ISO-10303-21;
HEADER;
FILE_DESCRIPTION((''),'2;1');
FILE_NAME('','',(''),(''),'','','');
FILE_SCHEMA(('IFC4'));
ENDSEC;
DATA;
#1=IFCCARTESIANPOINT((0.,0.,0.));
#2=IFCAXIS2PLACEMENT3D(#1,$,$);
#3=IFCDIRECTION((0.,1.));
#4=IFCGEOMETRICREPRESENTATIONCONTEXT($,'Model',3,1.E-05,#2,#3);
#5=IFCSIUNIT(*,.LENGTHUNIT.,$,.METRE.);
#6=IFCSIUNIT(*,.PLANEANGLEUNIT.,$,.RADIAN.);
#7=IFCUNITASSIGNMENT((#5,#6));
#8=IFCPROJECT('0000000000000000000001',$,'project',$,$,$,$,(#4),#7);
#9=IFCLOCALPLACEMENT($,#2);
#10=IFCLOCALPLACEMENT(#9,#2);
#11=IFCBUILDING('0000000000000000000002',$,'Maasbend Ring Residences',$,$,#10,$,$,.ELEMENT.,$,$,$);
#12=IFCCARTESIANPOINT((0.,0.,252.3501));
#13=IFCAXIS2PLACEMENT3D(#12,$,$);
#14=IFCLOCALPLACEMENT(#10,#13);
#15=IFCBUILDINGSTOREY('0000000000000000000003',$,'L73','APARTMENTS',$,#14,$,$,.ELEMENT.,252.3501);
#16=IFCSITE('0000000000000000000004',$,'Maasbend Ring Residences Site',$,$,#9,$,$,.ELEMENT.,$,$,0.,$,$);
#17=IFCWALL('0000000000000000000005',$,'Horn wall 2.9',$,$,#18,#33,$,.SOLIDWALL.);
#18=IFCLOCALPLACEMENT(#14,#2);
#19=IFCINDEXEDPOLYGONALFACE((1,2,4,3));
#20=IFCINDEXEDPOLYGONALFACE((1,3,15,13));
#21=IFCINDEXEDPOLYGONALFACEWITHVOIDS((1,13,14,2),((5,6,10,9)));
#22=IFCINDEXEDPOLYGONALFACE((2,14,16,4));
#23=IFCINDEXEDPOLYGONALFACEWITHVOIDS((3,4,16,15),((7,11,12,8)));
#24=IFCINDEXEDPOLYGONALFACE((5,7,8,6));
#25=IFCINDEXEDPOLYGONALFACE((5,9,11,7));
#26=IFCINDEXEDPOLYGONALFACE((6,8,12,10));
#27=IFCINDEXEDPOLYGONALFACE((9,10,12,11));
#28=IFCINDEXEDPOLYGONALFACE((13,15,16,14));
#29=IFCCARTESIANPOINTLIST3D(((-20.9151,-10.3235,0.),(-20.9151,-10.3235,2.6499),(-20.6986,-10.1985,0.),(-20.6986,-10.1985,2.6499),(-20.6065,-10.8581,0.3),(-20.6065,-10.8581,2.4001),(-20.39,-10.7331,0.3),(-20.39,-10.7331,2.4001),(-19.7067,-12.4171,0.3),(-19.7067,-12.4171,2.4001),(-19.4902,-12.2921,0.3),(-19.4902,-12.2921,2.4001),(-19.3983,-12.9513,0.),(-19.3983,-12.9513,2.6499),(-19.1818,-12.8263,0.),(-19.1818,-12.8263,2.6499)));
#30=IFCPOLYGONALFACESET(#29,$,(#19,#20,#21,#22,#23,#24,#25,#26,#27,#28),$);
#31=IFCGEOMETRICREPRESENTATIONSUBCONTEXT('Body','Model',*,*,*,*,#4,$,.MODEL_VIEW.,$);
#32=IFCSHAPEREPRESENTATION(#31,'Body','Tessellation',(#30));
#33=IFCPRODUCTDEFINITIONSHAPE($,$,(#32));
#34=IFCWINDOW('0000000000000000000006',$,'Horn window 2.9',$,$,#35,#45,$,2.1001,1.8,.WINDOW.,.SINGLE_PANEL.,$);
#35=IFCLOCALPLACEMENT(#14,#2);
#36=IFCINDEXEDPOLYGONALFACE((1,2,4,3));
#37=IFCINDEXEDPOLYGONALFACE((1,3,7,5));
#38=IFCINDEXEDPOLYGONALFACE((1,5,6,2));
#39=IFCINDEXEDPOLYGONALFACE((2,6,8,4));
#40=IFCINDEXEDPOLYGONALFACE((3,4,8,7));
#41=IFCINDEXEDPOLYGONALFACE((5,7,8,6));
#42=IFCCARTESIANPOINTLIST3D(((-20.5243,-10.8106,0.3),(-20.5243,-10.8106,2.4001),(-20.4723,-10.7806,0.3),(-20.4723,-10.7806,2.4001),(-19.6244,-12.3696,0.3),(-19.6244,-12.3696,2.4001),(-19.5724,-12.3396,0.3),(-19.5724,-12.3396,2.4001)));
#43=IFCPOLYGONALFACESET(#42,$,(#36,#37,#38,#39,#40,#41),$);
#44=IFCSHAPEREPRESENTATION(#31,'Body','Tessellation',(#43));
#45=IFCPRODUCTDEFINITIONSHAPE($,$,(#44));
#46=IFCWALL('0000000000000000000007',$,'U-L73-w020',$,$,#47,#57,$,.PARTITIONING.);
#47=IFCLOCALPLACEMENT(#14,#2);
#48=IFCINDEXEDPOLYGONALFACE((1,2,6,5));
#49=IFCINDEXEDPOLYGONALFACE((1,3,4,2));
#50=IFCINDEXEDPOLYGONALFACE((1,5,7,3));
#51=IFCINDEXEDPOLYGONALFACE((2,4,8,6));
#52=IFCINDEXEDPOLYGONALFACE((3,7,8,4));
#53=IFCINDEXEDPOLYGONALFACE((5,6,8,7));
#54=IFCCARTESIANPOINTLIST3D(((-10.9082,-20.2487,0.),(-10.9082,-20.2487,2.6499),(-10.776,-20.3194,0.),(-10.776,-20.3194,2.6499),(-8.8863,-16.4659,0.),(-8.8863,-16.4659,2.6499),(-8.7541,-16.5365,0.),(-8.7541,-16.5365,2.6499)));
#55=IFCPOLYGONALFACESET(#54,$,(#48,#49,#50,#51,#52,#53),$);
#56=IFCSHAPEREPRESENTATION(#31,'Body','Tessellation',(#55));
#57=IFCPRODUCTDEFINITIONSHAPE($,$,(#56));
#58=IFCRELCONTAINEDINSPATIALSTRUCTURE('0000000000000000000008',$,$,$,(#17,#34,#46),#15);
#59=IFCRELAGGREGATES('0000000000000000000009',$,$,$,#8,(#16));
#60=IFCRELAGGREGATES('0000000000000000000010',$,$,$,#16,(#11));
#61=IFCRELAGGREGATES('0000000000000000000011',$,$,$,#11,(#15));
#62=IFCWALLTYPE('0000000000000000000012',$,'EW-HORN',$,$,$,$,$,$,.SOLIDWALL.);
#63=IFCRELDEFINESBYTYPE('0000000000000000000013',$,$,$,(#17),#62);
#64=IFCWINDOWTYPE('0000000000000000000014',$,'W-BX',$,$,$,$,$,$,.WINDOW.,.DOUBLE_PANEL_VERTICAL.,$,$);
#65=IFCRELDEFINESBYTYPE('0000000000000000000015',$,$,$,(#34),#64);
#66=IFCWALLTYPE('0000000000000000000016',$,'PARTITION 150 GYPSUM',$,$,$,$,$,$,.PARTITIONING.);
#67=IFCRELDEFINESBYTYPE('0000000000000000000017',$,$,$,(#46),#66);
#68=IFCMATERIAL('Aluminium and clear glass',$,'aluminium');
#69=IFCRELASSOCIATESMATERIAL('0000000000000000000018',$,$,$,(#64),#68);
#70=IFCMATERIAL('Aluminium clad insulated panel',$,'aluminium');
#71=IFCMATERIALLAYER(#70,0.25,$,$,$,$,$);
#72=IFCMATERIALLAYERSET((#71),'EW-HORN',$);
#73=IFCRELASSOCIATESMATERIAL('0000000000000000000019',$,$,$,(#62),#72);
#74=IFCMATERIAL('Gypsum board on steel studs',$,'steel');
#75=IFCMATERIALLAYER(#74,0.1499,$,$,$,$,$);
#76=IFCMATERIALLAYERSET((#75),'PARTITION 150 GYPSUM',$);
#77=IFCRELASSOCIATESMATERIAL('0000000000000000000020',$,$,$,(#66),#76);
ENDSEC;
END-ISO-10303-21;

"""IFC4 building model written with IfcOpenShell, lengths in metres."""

from ifc_helpers import new_model, si_unit, direction, frame, frame_2d, origin, place, context, subcontext, project, spatial, rectangle, extrude, material, layer, layer_set, type_object, element, fill, save


model = new_model("IFC4")

# Units and contexts
model_context = context("Model", 3, precision=1e-05, world=origin(), true_north=direction((0.0, 1.0)))
body_context = subcontext(model_context, "Body", "Model", "MODEL_VIEW")
ifc_project = project(units=[si_unit("LENGTHUNIT", "METRE"), si_unit("PLANEANGLEUNIT", "RADIAN")], contexts=[model_context])

# Site, building, storey
site_placement = place(None, origin())
site = spatial("IfcSite", under=ifc_project, at=site_placement, Name="Maasbend Ring Residences Site", CompositionType="ELEMENT", RefElevation=0.0)
building_placement = place(site_placement, origin())
building = spatial("IfcBuilding", under=site, at=building_placement, Name="Maasbend Ring Residences", CompositionType="ELEMENT")
storey_placement = place(building_placement, frame((0.0, 0.0, 252.3501)))
storey = spatial("IfcBuildingStorey", under=building, at=storey_placement, Name="L73", Description="APARTMENTS", CompositionType="ELEMENT", Elevation=252.3501)

# Shared definitions
ifc_material_1 = material(Name="Aluminium and clear glass", Category="aluminium")
window_type_1 = type_object("IfcWindowType", Name="W-BX", PartitioningType="DOUBLE_PANEL_VERTICAL", PredefinedType="WINDOW", material=ifc_material_1)

# Wall, opening, window
ifc_material_2 = material(Name="Aluminium clad insulated panel", Category="aluminium")
ifc_layer_1 = layer(ifc_material_2, 0.25)
ifc_layer_set_1 = layer_set([ifc_layer_1], Name="EW-HORN")
wall_type_1 = type_object("IfcWallType", Name="EW-HORN", PredefinedType="SOLIDWALL", material=ifc_layer_set_1)
wall_1_placement = place(storey_placement, frame((-20.8069, -10.261, 0.0), z_axis=(0.0, 0.0, 1.0), x_axis=(0.499904, -0.866081, 0.0)))
wall_1 = element("IfcWall", 1, at=wall_1_placement, inside=storey, type_object=wall_type_1, Name="Horn wall 2.9", PredefinedType="SOLIDWALL", context=body_context, shape_type="SweptSolid", body=[
    extrude(rectangle(XDim=3.0342, YDim=0.25, at=frame_2d((1.5171, 0.0))), origin(), (0.0, 0.0, 1.0), 2.6499),
])
opening_1_placement = place(wall_1_placement, frame((0.6174, 0.0, 0.3)))
opening_1 = element("IfcOpeningElement", 2, at=opening_1_placement, cuts=wall_1, PredefinedType="OPENING", context=body_context, shape_type="SweptSolid", body=[
    extrude(rectangle(XDim=1.8, YDim=2.1001, at=frame_2d((0.8999, 1.05))), frame((0.0, 0.135, 0.0), z_axis=(0.0, -1.0, 0.0), x_axis=(1.0, 0.0, 0.0)), (0.0, 0.0, 1.0), 0.27),
])
window_1_placement = place(opening_1_placement, origin())
window_1 = element("IfcWindow", 3, at=window_1_placement, inside=storey, type_object=window_type_1, Name="Horn window 2.9", OverallHeight=2.1001, OverallWidth=1.8, PartitioningType="SINGLE_PANEL", PredefinedType="WINDOW", context=body_context, shape_type="SweptSolid", body=[
    extrude(rectangle(XDim=1.8, YDim=2.1001, at=frame_2d((0.8999, 1.05))), frame((0.0, 0.03, 0.0), z_axis=(0.0, -1.0, 0.0), x_axis=(1.0, 0.0, 0.0)), (0.0, 0.0, 1.0), 0.0601),
])
fill(opening_1, window_1)

# Wall
ifc_material_3 = material(Name="Gypsum board on steel studs", Category="steel")
ifc_layer_2 = layer(ifc_material_3, 0.1499)
ifc_layer_set_2 = layer_set([ifc_layer_2], Name="PARTITION 150 GYPSUM")
wall_type_2 = type_object("IfcWallType", Name="PARTITION 150 GYPSUM", PredefinedType="PARTITIONING", material=ifc_layer_set_2)
wall_2_placement = place(storey_placement, frame((-10.842, -20.2839, 0.0), z_axis=(0.0, 0.0, 1.0), x_axis=(0.471386, 0.881927, 0.0)))
element("IfcWall", 4, at=wall_2_placement, inside=storey, type_object=wall_type_2, Name="U-L73-w020", PredefinedType="PARTITIONING", context=body_context, shape_type="SweptSolid", body=[
    extrude(rectangle(XDim=4.2893, YDim=0.1499, at=frame_2d((2.1445, 0.0))), origin(), (0.0, 0.0, 1.0), 2.6499),
])

save(model, "model.ifc")
